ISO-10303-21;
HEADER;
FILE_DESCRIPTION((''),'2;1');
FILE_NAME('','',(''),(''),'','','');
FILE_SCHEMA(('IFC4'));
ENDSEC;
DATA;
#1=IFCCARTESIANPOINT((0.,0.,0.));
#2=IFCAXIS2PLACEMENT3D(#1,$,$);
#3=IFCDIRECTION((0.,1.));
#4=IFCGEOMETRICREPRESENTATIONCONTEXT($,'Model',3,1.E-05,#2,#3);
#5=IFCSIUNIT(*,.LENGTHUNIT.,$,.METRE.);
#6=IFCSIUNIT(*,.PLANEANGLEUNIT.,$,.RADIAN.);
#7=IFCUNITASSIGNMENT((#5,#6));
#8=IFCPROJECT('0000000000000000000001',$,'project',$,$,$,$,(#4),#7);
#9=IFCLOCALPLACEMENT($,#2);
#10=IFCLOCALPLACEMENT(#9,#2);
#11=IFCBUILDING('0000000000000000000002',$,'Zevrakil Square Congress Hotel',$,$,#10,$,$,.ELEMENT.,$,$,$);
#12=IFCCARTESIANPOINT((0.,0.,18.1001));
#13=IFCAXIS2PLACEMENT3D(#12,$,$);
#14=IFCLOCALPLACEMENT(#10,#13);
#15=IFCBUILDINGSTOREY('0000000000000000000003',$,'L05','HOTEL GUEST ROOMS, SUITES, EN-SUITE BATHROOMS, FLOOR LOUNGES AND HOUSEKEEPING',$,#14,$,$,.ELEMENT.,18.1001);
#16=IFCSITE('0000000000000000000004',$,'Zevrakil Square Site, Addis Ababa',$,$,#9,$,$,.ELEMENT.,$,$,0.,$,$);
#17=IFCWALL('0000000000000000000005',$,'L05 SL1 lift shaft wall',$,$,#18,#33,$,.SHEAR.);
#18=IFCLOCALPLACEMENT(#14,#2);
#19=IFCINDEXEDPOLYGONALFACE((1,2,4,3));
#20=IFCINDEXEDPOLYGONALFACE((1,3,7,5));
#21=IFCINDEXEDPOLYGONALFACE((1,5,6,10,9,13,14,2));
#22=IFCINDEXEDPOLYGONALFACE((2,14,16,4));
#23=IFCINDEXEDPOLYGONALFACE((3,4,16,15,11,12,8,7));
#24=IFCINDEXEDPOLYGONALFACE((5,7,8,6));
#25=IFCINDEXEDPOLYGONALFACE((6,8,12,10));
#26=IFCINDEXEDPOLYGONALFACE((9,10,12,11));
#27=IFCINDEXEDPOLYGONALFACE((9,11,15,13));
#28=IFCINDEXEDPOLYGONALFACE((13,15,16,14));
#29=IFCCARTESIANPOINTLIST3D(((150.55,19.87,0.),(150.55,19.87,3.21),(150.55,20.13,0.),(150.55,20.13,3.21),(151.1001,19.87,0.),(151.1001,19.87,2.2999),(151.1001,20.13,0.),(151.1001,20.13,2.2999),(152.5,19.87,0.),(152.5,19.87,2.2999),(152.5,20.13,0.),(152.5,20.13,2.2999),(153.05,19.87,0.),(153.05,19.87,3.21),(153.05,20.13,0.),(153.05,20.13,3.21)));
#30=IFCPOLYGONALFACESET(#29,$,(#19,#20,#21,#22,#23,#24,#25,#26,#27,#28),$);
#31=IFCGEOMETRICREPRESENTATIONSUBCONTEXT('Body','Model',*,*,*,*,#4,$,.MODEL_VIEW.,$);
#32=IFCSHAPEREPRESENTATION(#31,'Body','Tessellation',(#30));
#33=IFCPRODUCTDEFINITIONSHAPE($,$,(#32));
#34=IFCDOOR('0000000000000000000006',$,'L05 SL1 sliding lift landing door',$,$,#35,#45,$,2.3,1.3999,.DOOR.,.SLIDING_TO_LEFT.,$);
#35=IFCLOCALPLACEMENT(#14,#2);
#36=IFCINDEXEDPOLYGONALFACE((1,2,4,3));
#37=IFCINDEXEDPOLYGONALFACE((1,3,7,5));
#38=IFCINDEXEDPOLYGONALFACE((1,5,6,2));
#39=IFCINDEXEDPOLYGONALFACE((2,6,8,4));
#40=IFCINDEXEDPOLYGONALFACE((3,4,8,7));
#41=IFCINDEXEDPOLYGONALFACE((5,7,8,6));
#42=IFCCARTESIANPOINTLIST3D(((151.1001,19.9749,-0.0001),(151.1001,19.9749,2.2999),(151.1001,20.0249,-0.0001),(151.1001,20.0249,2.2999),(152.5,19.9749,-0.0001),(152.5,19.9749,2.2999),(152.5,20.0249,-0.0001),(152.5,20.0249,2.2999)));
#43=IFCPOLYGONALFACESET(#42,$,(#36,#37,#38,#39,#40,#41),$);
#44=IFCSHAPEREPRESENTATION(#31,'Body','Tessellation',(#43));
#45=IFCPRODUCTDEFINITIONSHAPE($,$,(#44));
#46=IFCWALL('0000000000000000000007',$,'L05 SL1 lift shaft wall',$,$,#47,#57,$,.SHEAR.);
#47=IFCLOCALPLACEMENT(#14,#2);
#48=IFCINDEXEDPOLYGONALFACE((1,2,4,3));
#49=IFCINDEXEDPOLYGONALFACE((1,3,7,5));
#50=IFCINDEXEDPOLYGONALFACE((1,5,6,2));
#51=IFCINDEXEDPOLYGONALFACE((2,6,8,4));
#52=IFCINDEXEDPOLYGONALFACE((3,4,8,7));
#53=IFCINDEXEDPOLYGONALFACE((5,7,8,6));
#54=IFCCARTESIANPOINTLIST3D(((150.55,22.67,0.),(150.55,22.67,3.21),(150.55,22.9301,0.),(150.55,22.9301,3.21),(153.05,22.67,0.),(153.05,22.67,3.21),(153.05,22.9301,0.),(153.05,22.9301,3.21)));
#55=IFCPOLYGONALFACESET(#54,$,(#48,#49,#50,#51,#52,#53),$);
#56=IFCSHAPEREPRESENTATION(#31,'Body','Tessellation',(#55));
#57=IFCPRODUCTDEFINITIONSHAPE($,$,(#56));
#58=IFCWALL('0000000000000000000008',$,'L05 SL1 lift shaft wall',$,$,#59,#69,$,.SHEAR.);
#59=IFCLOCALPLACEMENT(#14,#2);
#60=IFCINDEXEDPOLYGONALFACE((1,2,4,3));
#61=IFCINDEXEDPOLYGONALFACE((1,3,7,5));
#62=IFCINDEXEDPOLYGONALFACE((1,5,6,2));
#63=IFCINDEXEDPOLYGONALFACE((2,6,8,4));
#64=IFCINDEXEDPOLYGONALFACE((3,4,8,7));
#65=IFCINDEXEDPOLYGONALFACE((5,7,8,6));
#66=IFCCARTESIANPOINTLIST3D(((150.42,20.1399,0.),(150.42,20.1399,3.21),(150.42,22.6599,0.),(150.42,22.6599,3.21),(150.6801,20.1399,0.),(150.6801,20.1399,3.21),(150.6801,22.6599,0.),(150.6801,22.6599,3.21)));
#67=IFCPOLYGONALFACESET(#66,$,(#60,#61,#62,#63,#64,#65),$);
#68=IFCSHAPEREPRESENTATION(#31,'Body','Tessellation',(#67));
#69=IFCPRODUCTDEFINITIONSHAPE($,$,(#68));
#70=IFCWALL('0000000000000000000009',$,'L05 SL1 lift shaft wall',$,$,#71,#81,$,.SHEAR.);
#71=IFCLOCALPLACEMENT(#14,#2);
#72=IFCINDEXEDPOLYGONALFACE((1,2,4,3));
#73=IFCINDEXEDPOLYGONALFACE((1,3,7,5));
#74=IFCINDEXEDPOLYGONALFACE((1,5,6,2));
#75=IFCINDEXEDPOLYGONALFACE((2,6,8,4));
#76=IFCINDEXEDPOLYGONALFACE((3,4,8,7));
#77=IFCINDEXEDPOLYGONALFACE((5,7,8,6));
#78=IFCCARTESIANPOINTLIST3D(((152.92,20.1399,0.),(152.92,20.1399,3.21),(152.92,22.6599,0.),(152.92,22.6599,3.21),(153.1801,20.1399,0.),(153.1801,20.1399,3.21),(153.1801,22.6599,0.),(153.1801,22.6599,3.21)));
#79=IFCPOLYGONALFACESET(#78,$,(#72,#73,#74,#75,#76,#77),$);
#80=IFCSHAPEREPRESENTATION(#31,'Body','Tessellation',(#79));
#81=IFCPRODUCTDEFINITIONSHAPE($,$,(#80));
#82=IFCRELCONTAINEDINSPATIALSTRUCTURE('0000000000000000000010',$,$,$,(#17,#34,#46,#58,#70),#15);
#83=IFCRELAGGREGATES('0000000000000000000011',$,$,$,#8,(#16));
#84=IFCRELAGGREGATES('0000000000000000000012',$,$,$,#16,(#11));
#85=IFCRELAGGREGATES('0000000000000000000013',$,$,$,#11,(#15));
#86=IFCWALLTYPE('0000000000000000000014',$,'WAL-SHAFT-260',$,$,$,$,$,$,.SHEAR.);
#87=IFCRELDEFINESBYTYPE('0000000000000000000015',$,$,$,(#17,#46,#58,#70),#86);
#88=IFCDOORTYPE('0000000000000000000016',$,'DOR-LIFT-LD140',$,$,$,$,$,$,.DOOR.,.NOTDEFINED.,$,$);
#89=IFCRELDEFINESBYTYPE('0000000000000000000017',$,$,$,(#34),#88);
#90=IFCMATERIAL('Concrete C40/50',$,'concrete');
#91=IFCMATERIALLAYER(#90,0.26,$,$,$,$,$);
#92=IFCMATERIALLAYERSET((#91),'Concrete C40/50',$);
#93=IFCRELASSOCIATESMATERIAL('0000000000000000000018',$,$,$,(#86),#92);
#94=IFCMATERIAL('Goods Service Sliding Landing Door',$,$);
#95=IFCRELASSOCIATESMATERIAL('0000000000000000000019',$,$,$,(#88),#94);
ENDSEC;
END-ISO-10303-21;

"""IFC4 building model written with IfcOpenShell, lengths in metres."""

from ifc_helpers import new_model, si_unit, direction, frame, frame_2d, origin, place, context, subcontext, project, spatial, rectangle, extrude, material, layer, layer_set, type_object, element, fill, save


model = new_model("IFC4")

# Units and contexts
model_context = context("Model", 3, precision=1e-05, world=origin(), true_north=direction((0.0, 1.0)))
body_context = subcontext(model_context, "Body", "Model", "MODEL_VIEW")
ifc_project = project(units=[si_unit("LENGTHUNIT", "METRE"), si_unit("PLANEANGLEUNIT", "RADIAN")], contexts=[model_context])

# Site, building, storey
site_placement = place(None, origin())
site = spatial("IfcSite", under=ifc_project, at=site_placement, Name="Zevrakil Square Site, Addis Ababa", CompositionType="ELEMENT", RefElevation=0.0)
building_placement = place(site_placement, origin())
building = spatial("IfcBuilding", under=site, at=building_placement, Name="Zevrakil Square Congress Hotel", CompositionType="ELEMENT")
storey_placement = place(building_placement, frame((0.0, 0.0, 18.1001)))
storey = spatial("IfcBuildingStorey", under=building, at=storey_placement, Name="L05", Description="HOTEL GUEST ROOMS, SUITES, EN-SUITE BATHROOMS, FLOOR LOUNGES AND HOUSEKEEPING", CompositionType="ELEMENT", Elevation=18.1001)

# Shared definitions
ifc_material_1 = material(Name="Concrete C40/50", Category="concrete")
ifc_layer_1 = layer(ifc_material_1, 0.26)
ifc_layer_set_1 = layer_set([ifc_layer_1], Name="Concrete C40/50")
wall_type_1 = type_object("IfcWallType", Name="WAL-SHAFT-260", PredefinedType="SHEAR", material=ifc_layer_set_1)

# Wall, opening, door
wall_1_placement = place(storey_placement, frame((150.55, 20.0, 0.0), z_axis=(0.0, 0.0, 1.0), x_axis=(1.0, 0.0, 0.0)))
wall_1 = element("IfcWall", 1, at=wall_1_placement, inside=storey, type_object=wall_type_1, Name="L05 SL1 lift shaft wall", PredefinedType="SHEAR", context=body_context, shape_type="SweptSolid", body=[
    extrude(rectangle(XDim=2.5, YDim=0.26, at=frame_2d((1.25, 0.0))), origin(), (0.0, 0.0, 1.0), 3.21),
])
opening_1_placement = place(wall_1_placement, frame((0.55, 0.0, 0.0)))
opening_1 = element("IfcOpeningElement", 2, at=opening_1_placement, cuts=wall_1, PredefinedType="OPENING", context=body_context, shape_type="SweptSolid", body=[
    extrude(rectangle(XDim=1.3999, YDim=2.3, at=frame_2d((0.7, 1.1499))), frame((0.0, 0.1401, 0.0), z_axis=(0.0, -1.0, 0.0), x_axis=(1.0, 0.0, 0.0)), (0.0, 0.0, 1.0), 0.28),
])
ifc_material_2 = material(Name="Goods Service Sliding Landing Door")
door_type_1 = type_object("IfcDoorType", Name="DOR-LIFT-LD140", OperationType="NOTDEFINED", PredefinedType="DOOR", material=ifc_material_2)
door_1_placement = place(opening_1_placement, origin())
door_1 = element("IfcDoor", 3, at=door_1_placement, inside=storey, type_object=door_type_1, Name="L05 SL1 sliding lift landing door", OperationType="SLIDING_TO_LEFT", OverallHeight=2.3, OverallWidth=1.3999, PredefinedType="DOOR", context=body_context, shape_type="SweptSolid", body=[
    extrude(rectangle(XDim=1.3999, YDim=2.3, at=frame_2d((0.7, 1.1499))), frame((0.0, 0.0249, 0.0), z_axis=(0.0, -1.0, 0.0), x_axis=(1.0, 0.0, 0.0)), (0.0, 0.0, 1.0), 0.05),
])
fill(opening_1, door_1)

# Walls
wall_2_placement = place(storey_placement, frame((150.55, 22.8, 0.0), z_axis=(0.0, 0.0, 1.0), x_axis=(1.0, 0.0, 0.0)))
element("IfcWall", 4, at=wall_2_placement, inside=storey, type_object=wall_type_1, Name="L05 SL1 lift shaft wall", PredefinedType="SHEAR", context=body_context, shape_type="SweptSolid", body=[
    extrude(rectangle(XDim=2.5, YDim=0.26, at=frame_2d((1.25, 0.0))), origin(), (0.0, 0.0, 1.0), 3.21),
])
for number, where, z_axis, x_axis, name in (
    (5, (150.55, 20.1399, 0.0), (0.0, 0.0, 1.0), (0.0, 1.0, 0.0), "L05 SL1 lift shaft wall"),
    (6, (153.05, 20.1399, 0.0), (0.0, 0.0, 1.0), (0.0, 1.0, 0.0), "L05 SL1 lift shaft wall"),
):
    element("IfcWall", number, at=place(storey_placement, frame(where, z_axis=z_axis, x_axis=x_axis)), inside=storey, type_object=wall_type_1, Name=name, PredefinedType="SHEAR", context=body_context, shape_type="SweptSolid", body=[
        extrude(rectangle(XDim=2.52, YDim=0.26, at=frame_2d((1.26, 0.0))), origin(), (0.0, 0.0, 1.0), 3.21),
    ])

save(model, "model.ifc")
